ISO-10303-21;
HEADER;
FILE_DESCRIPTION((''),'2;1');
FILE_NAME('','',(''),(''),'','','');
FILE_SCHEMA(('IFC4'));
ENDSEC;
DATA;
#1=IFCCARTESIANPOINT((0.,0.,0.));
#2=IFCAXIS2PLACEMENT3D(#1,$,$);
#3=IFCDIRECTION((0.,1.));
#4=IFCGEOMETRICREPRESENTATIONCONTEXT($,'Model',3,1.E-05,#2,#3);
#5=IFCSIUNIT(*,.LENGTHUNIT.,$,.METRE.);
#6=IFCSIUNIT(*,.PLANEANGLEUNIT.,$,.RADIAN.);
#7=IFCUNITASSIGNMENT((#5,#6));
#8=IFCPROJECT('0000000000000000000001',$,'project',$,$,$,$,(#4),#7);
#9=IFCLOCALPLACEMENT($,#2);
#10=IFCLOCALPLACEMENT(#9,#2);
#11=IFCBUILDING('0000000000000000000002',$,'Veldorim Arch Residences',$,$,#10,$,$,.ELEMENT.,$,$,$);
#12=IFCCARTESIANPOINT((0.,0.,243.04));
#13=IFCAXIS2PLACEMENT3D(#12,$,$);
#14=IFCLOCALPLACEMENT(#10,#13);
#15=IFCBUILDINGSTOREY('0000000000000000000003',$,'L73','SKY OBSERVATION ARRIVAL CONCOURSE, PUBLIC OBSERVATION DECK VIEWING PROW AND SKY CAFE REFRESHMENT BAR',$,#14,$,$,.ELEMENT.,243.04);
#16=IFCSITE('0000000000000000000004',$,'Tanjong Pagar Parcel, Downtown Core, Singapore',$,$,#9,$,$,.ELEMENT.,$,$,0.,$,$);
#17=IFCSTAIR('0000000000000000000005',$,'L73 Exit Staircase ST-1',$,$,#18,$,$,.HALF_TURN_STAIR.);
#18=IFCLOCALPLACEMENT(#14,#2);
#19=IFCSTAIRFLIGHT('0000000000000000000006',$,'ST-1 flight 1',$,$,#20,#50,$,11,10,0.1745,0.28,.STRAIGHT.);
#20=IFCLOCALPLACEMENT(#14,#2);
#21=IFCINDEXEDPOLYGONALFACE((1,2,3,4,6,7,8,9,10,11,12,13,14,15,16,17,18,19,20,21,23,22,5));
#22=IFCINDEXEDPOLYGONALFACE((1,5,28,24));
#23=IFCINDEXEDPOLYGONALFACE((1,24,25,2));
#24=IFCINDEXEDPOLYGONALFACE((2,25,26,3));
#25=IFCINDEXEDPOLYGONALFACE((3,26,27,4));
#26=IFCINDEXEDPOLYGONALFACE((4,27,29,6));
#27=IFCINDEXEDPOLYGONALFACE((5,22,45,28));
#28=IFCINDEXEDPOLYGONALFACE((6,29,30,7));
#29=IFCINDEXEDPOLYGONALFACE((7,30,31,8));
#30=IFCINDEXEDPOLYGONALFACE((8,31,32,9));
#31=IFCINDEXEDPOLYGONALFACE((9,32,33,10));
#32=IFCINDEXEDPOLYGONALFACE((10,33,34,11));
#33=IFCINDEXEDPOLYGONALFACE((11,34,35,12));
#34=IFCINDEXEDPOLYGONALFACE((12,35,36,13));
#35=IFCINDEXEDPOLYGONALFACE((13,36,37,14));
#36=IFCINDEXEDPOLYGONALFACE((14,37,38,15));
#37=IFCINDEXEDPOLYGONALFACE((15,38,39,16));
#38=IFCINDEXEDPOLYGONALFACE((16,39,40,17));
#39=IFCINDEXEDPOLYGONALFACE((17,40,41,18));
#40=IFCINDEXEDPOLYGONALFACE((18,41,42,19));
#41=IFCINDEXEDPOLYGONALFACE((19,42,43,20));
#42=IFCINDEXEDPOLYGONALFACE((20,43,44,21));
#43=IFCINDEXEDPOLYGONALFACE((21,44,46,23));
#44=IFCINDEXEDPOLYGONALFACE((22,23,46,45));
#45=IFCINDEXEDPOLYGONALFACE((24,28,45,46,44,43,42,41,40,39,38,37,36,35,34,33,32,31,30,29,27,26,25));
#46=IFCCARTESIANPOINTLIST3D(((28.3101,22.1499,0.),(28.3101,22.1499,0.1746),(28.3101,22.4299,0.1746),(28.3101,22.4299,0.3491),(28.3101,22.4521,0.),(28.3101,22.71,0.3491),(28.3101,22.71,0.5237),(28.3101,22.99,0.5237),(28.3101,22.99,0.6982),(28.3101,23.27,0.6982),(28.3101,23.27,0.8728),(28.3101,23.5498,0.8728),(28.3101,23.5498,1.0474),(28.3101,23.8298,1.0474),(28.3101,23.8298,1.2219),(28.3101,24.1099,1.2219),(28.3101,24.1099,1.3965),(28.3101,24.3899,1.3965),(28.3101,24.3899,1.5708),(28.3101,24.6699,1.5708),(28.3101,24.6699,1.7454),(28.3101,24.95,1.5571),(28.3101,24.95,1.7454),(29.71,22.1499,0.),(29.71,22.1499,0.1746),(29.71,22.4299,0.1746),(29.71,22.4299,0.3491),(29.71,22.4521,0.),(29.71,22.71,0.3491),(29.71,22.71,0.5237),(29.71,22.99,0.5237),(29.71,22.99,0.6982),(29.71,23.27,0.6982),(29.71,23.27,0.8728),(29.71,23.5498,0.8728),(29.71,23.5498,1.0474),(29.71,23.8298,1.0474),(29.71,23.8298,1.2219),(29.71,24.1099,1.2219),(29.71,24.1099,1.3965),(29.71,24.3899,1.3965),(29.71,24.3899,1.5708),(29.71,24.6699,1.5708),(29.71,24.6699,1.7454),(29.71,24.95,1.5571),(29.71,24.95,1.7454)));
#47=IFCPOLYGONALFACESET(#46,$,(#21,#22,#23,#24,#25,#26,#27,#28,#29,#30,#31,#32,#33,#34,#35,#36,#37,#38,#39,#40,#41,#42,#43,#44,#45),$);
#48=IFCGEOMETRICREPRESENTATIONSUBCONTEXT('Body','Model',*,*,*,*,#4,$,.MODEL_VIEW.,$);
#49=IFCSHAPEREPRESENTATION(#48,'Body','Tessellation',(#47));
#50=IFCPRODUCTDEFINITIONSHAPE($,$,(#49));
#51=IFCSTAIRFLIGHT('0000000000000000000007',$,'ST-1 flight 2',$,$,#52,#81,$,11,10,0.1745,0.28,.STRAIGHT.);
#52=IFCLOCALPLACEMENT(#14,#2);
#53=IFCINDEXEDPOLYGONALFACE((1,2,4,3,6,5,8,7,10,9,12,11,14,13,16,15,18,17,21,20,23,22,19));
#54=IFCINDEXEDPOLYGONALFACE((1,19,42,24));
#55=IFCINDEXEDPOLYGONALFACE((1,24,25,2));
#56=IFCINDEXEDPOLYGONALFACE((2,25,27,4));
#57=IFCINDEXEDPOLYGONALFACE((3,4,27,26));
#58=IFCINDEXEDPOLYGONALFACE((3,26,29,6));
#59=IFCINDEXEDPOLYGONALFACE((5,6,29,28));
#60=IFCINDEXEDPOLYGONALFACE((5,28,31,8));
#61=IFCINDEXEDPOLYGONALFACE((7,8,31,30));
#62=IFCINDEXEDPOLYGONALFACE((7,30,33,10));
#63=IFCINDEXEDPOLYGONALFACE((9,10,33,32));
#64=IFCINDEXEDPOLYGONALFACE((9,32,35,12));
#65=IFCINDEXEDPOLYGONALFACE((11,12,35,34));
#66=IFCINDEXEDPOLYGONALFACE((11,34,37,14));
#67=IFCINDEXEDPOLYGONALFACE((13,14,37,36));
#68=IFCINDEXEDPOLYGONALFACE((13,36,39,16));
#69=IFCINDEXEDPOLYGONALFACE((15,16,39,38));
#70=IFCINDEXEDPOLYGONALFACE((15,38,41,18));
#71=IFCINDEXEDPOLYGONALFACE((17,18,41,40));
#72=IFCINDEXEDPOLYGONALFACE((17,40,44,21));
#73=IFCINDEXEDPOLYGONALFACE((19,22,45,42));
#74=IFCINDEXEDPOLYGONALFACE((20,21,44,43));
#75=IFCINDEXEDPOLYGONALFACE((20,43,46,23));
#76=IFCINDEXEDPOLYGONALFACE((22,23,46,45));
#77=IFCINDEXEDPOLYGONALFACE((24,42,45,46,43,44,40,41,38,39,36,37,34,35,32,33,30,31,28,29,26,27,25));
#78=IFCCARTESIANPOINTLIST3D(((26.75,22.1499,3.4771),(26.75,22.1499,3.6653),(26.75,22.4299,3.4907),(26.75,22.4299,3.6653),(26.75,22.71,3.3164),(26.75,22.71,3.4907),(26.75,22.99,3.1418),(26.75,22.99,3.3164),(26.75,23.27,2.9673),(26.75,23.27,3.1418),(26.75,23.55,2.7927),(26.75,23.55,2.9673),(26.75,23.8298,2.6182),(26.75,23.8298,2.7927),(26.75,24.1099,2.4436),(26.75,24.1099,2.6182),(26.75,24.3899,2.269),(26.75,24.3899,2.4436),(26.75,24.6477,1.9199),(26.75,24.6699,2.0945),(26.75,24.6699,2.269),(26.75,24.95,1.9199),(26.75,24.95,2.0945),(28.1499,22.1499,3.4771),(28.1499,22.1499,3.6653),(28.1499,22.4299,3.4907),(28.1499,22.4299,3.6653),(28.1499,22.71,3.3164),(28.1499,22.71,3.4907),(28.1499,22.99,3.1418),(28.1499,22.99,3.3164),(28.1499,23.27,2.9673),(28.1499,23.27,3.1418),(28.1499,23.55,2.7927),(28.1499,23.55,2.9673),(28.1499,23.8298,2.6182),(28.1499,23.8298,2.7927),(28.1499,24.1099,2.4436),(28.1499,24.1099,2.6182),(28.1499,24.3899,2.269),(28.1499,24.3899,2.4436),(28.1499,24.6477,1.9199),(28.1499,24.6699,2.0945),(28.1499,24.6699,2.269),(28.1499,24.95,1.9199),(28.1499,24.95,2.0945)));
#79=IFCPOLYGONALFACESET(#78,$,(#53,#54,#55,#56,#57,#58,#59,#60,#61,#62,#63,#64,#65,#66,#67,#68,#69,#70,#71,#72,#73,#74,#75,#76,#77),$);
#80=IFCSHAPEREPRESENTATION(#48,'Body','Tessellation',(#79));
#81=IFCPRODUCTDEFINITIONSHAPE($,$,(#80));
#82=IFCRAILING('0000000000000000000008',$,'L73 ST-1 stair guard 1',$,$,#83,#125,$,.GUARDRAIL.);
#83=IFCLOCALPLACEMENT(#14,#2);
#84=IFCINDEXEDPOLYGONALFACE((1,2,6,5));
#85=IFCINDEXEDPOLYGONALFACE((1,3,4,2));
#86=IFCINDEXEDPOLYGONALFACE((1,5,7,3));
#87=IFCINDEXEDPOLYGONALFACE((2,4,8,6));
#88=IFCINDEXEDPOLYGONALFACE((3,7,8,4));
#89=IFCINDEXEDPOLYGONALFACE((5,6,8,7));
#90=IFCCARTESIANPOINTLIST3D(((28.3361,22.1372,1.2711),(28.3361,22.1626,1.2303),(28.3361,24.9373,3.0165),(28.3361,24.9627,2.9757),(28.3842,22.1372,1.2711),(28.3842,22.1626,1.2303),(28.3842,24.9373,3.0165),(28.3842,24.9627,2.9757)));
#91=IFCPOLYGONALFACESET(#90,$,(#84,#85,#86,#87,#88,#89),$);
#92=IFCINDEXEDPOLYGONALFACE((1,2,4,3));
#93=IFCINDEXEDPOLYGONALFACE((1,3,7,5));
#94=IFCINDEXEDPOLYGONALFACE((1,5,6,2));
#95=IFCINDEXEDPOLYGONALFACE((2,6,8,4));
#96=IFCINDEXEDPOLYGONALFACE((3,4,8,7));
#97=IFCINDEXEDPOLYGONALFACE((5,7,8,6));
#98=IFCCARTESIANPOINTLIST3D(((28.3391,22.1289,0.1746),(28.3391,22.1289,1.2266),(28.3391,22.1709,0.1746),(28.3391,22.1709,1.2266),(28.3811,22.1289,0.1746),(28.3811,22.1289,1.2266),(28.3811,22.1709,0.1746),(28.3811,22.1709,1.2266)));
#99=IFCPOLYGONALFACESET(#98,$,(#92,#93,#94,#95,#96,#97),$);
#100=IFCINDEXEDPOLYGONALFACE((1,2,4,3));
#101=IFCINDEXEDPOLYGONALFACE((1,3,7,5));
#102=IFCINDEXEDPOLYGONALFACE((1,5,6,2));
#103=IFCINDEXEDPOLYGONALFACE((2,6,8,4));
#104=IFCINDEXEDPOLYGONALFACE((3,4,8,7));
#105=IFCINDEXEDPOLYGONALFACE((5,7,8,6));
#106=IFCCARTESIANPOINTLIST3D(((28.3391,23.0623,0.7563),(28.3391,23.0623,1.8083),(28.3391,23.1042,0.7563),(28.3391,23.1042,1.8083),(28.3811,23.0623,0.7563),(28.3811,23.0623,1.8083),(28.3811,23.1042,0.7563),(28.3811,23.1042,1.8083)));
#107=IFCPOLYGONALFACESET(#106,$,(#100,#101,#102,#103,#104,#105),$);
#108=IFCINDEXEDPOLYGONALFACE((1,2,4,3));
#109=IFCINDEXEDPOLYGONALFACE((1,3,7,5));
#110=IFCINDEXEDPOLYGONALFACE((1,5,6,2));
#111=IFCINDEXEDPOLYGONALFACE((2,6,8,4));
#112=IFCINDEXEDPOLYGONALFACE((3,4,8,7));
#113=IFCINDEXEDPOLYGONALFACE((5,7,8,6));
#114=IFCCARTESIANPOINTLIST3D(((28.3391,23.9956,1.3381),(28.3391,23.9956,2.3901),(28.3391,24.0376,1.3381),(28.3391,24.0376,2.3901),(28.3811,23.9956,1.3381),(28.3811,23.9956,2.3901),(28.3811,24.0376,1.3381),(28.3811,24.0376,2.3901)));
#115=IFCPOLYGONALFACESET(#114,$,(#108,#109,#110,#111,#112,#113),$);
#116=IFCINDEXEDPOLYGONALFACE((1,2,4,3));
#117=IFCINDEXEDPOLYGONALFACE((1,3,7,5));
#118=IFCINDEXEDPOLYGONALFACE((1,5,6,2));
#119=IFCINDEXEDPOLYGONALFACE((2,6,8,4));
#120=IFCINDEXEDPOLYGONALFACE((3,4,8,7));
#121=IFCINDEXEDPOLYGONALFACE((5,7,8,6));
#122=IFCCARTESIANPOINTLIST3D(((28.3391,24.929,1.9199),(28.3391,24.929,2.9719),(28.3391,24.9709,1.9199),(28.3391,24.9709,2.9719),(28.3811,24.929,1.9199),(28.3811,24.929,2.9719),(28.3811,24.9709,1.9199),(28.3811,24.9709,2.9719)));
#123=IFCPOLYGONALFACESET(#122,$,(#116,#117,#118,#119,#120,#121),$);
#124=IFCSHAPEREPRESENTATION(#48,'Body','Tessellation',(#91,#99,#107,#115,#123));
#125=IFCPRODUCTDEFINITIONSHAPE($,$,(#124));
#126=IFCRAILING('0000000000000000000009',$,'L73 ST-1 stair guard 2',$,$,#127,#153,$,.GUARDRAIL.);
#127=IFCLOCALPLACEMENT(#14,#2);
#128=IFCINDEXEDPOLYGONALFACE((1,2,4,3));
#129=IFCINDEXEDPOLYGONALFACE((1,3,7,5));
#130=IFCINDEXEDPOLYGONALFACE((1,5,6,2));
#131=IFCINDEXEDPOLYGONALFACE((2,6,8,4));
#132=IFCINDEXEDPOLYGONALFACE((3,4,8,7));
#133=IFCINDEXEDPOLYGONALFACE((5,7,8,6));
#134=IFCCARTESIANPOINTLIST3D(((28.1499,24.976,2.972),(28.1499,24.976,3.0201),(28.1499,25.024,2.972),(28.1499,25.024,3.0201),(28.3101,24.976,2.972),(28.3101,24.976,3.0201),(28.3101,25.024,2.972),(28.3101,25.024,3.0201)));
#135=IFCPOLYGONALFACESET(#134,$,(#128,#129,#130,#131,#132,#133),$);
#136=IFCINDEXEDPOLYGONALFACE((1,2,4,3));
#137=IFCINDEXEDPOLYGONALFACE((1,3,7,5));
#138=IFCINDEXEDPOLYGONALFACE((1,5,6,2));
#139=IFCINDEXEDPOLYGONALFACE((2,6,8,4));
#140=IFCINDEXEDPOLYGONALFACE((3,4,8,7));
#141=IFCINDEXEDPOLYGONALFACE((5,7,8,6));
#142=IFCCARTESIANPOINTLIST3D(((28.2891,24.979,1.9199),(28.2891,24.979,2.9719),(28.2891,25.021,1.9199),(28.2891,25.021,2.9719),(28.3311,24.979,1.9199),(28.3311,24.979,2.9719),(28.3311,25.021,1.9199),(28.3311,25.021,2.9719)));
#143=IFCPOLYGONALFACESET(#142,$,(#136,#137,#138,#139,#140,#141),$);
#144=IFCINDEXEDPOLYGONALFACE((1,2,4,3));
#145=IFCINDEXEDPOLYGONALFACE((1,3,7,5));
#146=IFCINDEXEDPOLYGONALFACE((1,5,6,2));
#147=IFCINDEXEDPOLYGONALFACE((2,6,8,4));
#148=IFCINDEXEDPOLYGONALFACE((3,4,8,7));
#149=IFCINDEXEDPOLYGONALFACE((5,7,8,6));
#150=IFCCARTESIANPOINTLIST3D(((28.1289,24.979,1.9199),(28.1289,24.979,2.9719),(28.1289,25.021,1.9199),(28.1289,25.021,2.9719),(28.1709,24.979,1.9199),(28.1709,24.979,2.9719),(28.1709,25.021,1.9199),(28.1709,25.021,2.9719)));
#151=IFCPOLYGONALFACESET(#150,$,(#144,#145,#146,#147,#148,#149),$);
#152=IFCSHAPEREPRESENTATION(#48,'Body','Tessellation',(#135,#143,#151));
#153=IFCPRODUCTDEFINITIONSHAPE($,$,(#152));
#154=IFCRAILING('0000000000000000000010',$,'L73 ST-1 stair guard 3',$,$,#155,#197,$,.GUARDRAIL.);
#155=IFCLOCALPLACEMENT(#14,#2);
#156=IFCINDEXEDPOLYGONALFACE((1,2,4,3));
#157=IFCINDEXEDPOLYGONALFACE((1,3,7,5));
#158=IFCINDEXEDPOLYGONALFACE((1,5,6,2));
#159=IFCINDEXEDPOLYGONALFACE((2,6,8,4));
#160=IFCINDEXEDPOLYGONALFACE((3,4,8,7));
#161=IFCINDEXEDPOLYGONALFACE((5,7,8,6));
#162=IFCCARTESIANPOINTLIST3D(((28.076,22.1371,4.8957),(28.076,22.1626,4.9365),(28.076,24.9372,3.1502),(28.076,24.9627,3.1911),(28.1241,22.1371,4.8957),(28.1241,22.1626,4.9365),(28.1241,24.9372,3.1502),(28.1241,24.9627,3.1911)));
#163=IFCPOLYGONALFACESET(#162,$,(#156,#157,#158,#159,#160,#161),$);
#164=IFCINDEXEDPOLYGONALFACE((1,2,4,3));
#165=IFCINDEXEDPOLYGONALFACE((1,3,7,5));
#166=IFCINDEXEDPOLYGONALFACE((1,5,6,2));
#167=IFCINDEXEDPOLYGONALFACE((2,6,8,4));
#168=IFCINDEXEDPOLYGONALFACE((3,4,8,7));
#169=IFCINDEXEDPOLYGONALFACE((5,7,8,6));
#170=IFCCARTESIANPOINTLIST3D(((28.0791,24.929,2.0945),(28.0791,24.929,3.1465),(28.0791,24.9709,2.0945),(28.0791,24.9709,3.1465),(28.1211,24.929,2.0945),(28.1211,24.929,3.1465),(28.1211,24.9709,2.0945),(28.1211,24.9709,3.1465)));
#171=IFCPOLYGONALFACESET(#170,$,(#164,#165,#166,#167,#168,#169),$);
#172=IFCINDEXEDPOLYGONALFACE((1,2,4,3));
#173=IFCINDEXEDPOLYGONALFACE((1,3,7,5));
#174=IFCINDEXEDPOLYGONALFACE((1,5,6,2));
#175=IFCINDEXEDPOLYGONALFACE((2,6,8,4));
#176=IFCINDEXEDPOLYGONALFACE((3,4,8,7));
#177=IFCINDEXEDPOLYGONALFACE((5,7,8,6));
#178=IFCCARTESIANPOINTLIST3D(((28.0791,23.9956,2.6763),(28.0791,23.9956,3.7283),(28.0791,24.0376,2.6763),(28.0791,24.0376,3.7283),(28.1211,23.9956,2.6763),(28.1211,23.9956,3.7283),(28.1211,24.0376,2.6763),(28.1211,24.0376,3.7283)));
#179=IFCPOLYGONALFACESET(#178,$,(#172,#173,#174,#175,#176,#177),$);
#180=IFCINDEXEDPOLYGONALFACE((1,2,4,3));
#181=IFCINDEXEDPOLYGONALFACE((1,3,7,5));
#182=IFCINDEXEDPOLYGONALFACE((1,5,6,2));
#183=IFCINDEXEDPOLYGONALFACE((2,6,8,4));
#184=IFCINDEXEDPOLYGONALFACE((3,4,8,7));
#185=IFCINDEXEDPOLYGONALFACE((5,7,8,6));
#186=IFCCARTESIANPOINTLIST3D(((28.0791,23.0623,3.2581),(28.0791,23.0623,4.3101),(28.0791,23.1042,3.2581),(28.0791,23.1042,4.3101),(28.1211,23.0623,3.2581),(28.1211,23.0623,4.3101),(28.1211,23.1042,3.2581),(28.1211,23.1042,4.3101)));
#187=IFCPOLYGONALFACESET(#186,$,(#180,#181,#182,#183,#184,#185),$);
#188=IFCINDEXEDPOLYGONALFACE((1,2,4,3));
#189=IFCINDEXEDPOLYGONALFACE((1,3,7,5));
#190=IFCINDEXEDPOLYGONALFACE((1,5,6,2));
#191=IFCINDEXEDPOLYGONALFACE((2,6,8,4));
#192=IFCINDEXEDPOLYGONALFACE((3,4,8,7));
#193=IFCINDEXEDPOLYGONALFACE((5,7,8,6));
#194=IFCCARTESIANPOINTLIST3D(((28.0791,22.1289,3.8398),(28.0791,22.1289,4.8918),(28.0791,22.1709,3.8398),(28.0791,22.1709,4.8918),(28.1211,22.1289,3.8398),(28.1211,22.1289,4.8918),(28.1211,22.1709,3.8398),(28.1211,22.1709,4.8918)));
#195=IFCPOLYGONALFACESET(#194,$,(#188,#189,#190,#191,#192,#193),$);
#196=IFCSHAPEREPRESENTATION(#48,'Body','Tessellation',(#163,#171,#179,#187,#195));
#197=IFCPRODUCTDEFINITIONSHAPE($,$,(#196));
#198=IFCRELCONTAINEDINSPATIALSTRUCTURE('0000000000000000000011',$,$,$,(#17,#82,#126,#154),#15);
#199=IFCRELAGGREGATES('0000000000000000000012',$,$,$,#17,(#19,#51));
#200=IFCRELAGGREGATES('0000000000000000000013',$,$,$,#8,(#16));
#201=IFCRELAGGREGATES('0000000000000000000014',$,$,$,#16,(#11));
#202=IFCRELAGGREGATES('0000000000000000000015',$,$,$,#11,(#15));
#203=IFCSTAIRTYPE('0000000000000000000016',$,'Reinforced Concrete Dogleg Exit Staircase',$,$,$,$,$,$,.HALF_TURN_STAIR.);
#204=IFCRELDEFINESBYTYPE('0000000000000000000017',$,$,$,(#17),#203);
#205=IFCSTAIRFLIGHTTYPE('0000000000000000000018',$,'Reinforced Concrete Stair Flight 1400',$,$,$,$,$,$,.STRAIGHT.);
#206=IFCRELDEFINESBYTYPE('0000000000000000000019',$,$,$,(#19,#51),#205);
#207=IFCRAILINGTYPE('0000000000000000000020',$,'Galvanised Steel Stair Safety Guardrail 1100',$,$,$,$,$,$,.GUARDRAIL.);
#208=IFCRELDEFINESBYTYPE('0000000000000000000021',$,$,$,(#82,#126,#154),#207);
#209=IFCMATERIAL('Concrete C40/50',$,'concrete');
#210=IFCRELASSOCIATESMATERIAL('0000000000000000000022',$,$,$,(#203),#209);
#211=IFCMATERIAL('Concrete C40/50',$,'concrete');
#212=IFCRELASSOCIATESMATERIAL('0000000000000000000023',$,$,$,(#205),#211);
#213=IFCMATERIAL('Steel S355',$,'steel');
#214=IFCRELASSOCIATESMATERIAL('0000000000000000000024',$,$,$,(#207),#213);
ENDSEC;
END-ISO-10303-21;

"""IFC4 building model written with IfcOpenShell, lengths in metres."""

from ifc_helpers import new_model, si_unit, direction, frame, origin, origin_2d, place, context, subcontext, project, spatial, polyline, rectangle, outline, extrude, material, type_object, element, aggregate, save


model = new_model("IFC4")

# Units and contexts
model_context = context("Model", 3, precision=1e-05, world=origin(), true_north=direction((0.0, 1.0)))
body_context = subcontext(model_context, "Body", "Model", "MODEL_VIEW")
ifc_project = project(units=[si_unit("LENGTHUNIT", "METRE"), si_unit("PLANEANGLEUNIT", "RADIAN")], contexts=[model_context])

# Site, building, storey
site_placement = place(None, origin())
site = spatial("IfcSite", under=ifc_project, at=site_placement, Name="Tanjong Pagar Parcel, Downtown Core, Singapore", CompositionType="ELEMENT", RefElevation=0.0)
building_placement = place(site_placement, origin())
building = spatial("IfcBuilding", under=site, at=building_placement, Name="Veldorim Arch Residences", CompositionType="ELEMENT")
storey_placement = place(building_placement, frame((0.0, 0.0, 243.04)))
storey = spatial("IfcBuildingStorey", under=building, at=storey_placement, Name="L73", Description="SKY OBSERVATION ARRIVAL CONCOURSE, PUBLIC OBSERVATION DECK VIEWING PROW AND SKY CAFE REFRESHMENT BAR", CompositionType="ELEMENT", Elevation=243.04)

# Stair, stair flights
ifc_material_1 = material(Name="Concrete C40/50", Category="concrete")
stair_type = type_object("IfcStairType", Name="Reinforced Concrete Dogleg Exit Staircase", PredefinedType="HALF_TURN_STAIR", material=ifc_material_1)
stair_placement = place(storey_placement, origin())
stair = element("IfcStair", 1, at=stair_placement, inside=storey, type_object=stair_type, Name="L73 Exit Staircase ST-1", PredefinedType="HALF_TURN_STAIR")
ifc_material_2 = material(Name="Concrete C40/50", Category="concrete")
stair_flight_type = type_object("IfcStairFlightType", Name="Reinforced Concrete Stair Flight 1400", PredefinedType="STRAIGHT", material=ifc_material_2)
stair_flight_1_placement = place(storey_placement, frame((29.01, 22.1499, 0.0), z_axis=(0.0, 0.0, 1.0), x_axis=(0.0, 1.0, 0.0)))
stair_flight_1 = element("IfcStairFlight", 2, at=stair_flight_1_placement, type_object=stair_flight_type, Name="ST-1 flight 1", NumberOfRisers=11, NumberOfTreads=10, PredefinedType="STRAIGHT", RiserHeight=0.1745, TreadLength=0.28, context=body_context, shape_type="SweptSolid", body=[
    extrude(outline(polyline([(0.0, 0.0), (0.0, 0.1746), (0.28, 0.1746), (0.28, 0.3491), (0.5601, 0.3491), (0.5601, 0.5237), (0.8401, 0.5237), (0.8401, 0.6982), (1.1201, 0.6982), (1.1201, 0.8728), (1.3999, 0.8728), (1.3999, 1.0474), (1.6799, 1.0474), (1.6799, 1.2219), (1.96, 1.2219), (1.96, 1.3965), (2.24, 1.3965), (2.24, 1.5708), (2.52, 1.5708), (2.52, 1.7454), (2.8, 1.7454), (2.8, 1.9199), (2.8, 1.5571), (0.3022, 0.0), (0.0, 0.0)])), frame((0.0, 0.7, 0.0), z_axis=(0.0, -1.0, 0.0), x_axis=(1.0, 0.0, 0.0)), (0.0, 0.0, 1.0), 1.3999),
])
stair_flight_2_placement = place(storey_placement, frame((27.45, 24.95, 1.9199), z_axis=(0.0, 0.0, 1.0), x_axis=(0.0, -1.0, 0.0)))
stair_flight_2 = element("IfcStairFlight", 3, at=stair_flight_2_placement, type_object=stair_flight_type, Name="ST-1 flight 2", NumberOfRisers=11, NumberOfTreads=10, PredefinedType="STRAIGHT", RiserHeight=0.1745, TreadLength=0.28, context=body_context, shape_type="SweptSolid", body=[
    extrude(outline(polyline([(0.0, 0.0), (0.0, 0.1746), (0.28, 0.1746), (0.28, 0.3491), (0.5601, 0.3491), (0.5601, 0.5237), (0.8401, 0.5237), (0.8401, 0.6982), (1.1201, 0.6982), (1.1201, 0.8728), (1.3999, 0.8728), (1.3999, 1.0474), (1.6799, 1.0474), (1.6799, 1.2219), (1.96, 1.2219), (1.96, 1.3965), (2.24, 1.3965), (2.24, 1.5708), (2.52, 1.5708), (2.52, 1.7454), (2.8, 1.7454), (2.8, 1.9199), (2.8, 1.5571), (0.3022, 0.0), (0.0, 0.0)])), frame((0.0, 0.7, 0.0), z_axis=(0.0, -1.0, 0.0), x_axis=(1.0, 0.0, 0.0)), (0.0, 0.0, 1.0), 1.3999),
])
aggregate(stair, [stair_flight_1, stair_flight_2])

# Railings
ifc_material_3 = material(Name="Steel S355", Category="steel")
railing_type_1 = type_object("IfcRailingType", Name="Galvanised Steel Stair Safety Guardrail 1100", PredefinedType="GUARDRAIL", material=ifc_material_3)
railing_1_placement = place(storey_placement, frame((28.3601, 22.1499, 0.1746)))
element("IfcRailing", 4, at=railing_1_placement, inside=storey, type_object=railing_type_1, Name="L73 ST-1 stair guard 1", PredefinedType="GUARDRAIL", context=body_context, shape_type="SweptSolid", body=[
    extrude(rectangle(XDim=0.0481, YDim=0.0481, at=origin_2d()), frame((0.0, 0.0, 1.0762), z_axis=(0.0, 0.848634, 0.528981), x_axis=(-1.0, 0.0, 0.0)), (0.0, 0.0, 1.0), 3.2996),
    extrude(rectangle(XDim=0.042, YDim=0.042, at=origin_2d()), origin(), (0.0, 0.0, 1.0), 1.052),
    extrude(rectangle(XDim=0.042, YDim=0.042, at=origin_2d()), frame((0.0, 0.9333, 0.5818)), (0.0, 0.0, 1.0), 1.052),
    extrude(rectangle(XDim=0.042, YDim=0.042, at=origin_2d()), frame((0.0, 1.8667, 1.1636)), (0.0, 0.0, 1.0), 1.052),
    extrude(rectangle(XDim=0.042, YDim=0.042, at=origin_2d()), frame((0.0, 2.8, 1.7454)), (0.0, 0.0, 1.0), 1.052),
])
railing_2_placement = place(storey_placement, frame((28.3101, 25.0, 1.9199)))
element("IfcRailing", 5, at=railing_2_placement, inside=storey, type_object=railing_type_1, Name="L73 ST-1 stair guard 2", PredefinedType="GUARDRAIL", context=body_context, shape_type="SweptSolid", body=[
    extrude(rectangle(XDim=0.0481, YDim=0.0481, at=origin_2d()), frame((0.0, 0.0, 1.0762), z_axis=(-1.0, 0.0, 0.0), x_axis=(0.0, -1.0, 0.0)), (0.0, 0.0, 1.0), 0.1602),
    extrude(rectangle(XDim=0.042, YDim=0.042, at=origin_2d()), origin(), (0.0, 0.0, 1.0), 1.052),
    extrude(rectangle(XDim=0.042, YDim=0.042, at=origin_2d()), frame((-0.1602, 0.0, 0.0)), (0.0, 0.0, 1.0), 1.052),
])
railing_3_placement = place(storey_placement, frame((28.1001, 24.95, 2.0945)))
element("IfcRailing", 6, at=railing_3_placement, inside=storey, type_object=railing_type_1, Name="L73 ST-1 stair guard 3", PredefinedType="GUARDRAIL", context=body_context, shape_type="SweptSolid", body=[
    extrude(rectangle(XDim=0.0481, YDim=0.0481, at=origin_2d()), frame((0.0, 0.0, 1.0762), z_axis=(0.0, -0.848634, 0.528981), x_axis=(1.0, 0.0, 0.0)), (0.0, 0.0, 1.0), 3.2996),
    extrude(rectangle(XDim=0.042, YDim=0.042, at=origin_2d()), origin(), (0.0, 0.0, 1.0), 1.052),
    extrude(rectangle(XDim=0.042, YDim=0.042, at=origin_2d()), frame((0.0, -0.9333, 0.5818)), (0.0, 0.0, 1.0), 1.052),
    extrude(rectangle(XDim=0.042, YDim=0.042, at=origin_2d()), frame((0.0, -1.8667, 1.1636)), (0.0, 0.0, 1.0), 1.052),
    extrude(rectangle(XDim=0.042, YDim=0.042, at=origin_2d()), frame((0.0, -2.8, 1.7454)), (0.0, 0.0, 1.0), 1.052),
])

save(model, "model.ifc")
